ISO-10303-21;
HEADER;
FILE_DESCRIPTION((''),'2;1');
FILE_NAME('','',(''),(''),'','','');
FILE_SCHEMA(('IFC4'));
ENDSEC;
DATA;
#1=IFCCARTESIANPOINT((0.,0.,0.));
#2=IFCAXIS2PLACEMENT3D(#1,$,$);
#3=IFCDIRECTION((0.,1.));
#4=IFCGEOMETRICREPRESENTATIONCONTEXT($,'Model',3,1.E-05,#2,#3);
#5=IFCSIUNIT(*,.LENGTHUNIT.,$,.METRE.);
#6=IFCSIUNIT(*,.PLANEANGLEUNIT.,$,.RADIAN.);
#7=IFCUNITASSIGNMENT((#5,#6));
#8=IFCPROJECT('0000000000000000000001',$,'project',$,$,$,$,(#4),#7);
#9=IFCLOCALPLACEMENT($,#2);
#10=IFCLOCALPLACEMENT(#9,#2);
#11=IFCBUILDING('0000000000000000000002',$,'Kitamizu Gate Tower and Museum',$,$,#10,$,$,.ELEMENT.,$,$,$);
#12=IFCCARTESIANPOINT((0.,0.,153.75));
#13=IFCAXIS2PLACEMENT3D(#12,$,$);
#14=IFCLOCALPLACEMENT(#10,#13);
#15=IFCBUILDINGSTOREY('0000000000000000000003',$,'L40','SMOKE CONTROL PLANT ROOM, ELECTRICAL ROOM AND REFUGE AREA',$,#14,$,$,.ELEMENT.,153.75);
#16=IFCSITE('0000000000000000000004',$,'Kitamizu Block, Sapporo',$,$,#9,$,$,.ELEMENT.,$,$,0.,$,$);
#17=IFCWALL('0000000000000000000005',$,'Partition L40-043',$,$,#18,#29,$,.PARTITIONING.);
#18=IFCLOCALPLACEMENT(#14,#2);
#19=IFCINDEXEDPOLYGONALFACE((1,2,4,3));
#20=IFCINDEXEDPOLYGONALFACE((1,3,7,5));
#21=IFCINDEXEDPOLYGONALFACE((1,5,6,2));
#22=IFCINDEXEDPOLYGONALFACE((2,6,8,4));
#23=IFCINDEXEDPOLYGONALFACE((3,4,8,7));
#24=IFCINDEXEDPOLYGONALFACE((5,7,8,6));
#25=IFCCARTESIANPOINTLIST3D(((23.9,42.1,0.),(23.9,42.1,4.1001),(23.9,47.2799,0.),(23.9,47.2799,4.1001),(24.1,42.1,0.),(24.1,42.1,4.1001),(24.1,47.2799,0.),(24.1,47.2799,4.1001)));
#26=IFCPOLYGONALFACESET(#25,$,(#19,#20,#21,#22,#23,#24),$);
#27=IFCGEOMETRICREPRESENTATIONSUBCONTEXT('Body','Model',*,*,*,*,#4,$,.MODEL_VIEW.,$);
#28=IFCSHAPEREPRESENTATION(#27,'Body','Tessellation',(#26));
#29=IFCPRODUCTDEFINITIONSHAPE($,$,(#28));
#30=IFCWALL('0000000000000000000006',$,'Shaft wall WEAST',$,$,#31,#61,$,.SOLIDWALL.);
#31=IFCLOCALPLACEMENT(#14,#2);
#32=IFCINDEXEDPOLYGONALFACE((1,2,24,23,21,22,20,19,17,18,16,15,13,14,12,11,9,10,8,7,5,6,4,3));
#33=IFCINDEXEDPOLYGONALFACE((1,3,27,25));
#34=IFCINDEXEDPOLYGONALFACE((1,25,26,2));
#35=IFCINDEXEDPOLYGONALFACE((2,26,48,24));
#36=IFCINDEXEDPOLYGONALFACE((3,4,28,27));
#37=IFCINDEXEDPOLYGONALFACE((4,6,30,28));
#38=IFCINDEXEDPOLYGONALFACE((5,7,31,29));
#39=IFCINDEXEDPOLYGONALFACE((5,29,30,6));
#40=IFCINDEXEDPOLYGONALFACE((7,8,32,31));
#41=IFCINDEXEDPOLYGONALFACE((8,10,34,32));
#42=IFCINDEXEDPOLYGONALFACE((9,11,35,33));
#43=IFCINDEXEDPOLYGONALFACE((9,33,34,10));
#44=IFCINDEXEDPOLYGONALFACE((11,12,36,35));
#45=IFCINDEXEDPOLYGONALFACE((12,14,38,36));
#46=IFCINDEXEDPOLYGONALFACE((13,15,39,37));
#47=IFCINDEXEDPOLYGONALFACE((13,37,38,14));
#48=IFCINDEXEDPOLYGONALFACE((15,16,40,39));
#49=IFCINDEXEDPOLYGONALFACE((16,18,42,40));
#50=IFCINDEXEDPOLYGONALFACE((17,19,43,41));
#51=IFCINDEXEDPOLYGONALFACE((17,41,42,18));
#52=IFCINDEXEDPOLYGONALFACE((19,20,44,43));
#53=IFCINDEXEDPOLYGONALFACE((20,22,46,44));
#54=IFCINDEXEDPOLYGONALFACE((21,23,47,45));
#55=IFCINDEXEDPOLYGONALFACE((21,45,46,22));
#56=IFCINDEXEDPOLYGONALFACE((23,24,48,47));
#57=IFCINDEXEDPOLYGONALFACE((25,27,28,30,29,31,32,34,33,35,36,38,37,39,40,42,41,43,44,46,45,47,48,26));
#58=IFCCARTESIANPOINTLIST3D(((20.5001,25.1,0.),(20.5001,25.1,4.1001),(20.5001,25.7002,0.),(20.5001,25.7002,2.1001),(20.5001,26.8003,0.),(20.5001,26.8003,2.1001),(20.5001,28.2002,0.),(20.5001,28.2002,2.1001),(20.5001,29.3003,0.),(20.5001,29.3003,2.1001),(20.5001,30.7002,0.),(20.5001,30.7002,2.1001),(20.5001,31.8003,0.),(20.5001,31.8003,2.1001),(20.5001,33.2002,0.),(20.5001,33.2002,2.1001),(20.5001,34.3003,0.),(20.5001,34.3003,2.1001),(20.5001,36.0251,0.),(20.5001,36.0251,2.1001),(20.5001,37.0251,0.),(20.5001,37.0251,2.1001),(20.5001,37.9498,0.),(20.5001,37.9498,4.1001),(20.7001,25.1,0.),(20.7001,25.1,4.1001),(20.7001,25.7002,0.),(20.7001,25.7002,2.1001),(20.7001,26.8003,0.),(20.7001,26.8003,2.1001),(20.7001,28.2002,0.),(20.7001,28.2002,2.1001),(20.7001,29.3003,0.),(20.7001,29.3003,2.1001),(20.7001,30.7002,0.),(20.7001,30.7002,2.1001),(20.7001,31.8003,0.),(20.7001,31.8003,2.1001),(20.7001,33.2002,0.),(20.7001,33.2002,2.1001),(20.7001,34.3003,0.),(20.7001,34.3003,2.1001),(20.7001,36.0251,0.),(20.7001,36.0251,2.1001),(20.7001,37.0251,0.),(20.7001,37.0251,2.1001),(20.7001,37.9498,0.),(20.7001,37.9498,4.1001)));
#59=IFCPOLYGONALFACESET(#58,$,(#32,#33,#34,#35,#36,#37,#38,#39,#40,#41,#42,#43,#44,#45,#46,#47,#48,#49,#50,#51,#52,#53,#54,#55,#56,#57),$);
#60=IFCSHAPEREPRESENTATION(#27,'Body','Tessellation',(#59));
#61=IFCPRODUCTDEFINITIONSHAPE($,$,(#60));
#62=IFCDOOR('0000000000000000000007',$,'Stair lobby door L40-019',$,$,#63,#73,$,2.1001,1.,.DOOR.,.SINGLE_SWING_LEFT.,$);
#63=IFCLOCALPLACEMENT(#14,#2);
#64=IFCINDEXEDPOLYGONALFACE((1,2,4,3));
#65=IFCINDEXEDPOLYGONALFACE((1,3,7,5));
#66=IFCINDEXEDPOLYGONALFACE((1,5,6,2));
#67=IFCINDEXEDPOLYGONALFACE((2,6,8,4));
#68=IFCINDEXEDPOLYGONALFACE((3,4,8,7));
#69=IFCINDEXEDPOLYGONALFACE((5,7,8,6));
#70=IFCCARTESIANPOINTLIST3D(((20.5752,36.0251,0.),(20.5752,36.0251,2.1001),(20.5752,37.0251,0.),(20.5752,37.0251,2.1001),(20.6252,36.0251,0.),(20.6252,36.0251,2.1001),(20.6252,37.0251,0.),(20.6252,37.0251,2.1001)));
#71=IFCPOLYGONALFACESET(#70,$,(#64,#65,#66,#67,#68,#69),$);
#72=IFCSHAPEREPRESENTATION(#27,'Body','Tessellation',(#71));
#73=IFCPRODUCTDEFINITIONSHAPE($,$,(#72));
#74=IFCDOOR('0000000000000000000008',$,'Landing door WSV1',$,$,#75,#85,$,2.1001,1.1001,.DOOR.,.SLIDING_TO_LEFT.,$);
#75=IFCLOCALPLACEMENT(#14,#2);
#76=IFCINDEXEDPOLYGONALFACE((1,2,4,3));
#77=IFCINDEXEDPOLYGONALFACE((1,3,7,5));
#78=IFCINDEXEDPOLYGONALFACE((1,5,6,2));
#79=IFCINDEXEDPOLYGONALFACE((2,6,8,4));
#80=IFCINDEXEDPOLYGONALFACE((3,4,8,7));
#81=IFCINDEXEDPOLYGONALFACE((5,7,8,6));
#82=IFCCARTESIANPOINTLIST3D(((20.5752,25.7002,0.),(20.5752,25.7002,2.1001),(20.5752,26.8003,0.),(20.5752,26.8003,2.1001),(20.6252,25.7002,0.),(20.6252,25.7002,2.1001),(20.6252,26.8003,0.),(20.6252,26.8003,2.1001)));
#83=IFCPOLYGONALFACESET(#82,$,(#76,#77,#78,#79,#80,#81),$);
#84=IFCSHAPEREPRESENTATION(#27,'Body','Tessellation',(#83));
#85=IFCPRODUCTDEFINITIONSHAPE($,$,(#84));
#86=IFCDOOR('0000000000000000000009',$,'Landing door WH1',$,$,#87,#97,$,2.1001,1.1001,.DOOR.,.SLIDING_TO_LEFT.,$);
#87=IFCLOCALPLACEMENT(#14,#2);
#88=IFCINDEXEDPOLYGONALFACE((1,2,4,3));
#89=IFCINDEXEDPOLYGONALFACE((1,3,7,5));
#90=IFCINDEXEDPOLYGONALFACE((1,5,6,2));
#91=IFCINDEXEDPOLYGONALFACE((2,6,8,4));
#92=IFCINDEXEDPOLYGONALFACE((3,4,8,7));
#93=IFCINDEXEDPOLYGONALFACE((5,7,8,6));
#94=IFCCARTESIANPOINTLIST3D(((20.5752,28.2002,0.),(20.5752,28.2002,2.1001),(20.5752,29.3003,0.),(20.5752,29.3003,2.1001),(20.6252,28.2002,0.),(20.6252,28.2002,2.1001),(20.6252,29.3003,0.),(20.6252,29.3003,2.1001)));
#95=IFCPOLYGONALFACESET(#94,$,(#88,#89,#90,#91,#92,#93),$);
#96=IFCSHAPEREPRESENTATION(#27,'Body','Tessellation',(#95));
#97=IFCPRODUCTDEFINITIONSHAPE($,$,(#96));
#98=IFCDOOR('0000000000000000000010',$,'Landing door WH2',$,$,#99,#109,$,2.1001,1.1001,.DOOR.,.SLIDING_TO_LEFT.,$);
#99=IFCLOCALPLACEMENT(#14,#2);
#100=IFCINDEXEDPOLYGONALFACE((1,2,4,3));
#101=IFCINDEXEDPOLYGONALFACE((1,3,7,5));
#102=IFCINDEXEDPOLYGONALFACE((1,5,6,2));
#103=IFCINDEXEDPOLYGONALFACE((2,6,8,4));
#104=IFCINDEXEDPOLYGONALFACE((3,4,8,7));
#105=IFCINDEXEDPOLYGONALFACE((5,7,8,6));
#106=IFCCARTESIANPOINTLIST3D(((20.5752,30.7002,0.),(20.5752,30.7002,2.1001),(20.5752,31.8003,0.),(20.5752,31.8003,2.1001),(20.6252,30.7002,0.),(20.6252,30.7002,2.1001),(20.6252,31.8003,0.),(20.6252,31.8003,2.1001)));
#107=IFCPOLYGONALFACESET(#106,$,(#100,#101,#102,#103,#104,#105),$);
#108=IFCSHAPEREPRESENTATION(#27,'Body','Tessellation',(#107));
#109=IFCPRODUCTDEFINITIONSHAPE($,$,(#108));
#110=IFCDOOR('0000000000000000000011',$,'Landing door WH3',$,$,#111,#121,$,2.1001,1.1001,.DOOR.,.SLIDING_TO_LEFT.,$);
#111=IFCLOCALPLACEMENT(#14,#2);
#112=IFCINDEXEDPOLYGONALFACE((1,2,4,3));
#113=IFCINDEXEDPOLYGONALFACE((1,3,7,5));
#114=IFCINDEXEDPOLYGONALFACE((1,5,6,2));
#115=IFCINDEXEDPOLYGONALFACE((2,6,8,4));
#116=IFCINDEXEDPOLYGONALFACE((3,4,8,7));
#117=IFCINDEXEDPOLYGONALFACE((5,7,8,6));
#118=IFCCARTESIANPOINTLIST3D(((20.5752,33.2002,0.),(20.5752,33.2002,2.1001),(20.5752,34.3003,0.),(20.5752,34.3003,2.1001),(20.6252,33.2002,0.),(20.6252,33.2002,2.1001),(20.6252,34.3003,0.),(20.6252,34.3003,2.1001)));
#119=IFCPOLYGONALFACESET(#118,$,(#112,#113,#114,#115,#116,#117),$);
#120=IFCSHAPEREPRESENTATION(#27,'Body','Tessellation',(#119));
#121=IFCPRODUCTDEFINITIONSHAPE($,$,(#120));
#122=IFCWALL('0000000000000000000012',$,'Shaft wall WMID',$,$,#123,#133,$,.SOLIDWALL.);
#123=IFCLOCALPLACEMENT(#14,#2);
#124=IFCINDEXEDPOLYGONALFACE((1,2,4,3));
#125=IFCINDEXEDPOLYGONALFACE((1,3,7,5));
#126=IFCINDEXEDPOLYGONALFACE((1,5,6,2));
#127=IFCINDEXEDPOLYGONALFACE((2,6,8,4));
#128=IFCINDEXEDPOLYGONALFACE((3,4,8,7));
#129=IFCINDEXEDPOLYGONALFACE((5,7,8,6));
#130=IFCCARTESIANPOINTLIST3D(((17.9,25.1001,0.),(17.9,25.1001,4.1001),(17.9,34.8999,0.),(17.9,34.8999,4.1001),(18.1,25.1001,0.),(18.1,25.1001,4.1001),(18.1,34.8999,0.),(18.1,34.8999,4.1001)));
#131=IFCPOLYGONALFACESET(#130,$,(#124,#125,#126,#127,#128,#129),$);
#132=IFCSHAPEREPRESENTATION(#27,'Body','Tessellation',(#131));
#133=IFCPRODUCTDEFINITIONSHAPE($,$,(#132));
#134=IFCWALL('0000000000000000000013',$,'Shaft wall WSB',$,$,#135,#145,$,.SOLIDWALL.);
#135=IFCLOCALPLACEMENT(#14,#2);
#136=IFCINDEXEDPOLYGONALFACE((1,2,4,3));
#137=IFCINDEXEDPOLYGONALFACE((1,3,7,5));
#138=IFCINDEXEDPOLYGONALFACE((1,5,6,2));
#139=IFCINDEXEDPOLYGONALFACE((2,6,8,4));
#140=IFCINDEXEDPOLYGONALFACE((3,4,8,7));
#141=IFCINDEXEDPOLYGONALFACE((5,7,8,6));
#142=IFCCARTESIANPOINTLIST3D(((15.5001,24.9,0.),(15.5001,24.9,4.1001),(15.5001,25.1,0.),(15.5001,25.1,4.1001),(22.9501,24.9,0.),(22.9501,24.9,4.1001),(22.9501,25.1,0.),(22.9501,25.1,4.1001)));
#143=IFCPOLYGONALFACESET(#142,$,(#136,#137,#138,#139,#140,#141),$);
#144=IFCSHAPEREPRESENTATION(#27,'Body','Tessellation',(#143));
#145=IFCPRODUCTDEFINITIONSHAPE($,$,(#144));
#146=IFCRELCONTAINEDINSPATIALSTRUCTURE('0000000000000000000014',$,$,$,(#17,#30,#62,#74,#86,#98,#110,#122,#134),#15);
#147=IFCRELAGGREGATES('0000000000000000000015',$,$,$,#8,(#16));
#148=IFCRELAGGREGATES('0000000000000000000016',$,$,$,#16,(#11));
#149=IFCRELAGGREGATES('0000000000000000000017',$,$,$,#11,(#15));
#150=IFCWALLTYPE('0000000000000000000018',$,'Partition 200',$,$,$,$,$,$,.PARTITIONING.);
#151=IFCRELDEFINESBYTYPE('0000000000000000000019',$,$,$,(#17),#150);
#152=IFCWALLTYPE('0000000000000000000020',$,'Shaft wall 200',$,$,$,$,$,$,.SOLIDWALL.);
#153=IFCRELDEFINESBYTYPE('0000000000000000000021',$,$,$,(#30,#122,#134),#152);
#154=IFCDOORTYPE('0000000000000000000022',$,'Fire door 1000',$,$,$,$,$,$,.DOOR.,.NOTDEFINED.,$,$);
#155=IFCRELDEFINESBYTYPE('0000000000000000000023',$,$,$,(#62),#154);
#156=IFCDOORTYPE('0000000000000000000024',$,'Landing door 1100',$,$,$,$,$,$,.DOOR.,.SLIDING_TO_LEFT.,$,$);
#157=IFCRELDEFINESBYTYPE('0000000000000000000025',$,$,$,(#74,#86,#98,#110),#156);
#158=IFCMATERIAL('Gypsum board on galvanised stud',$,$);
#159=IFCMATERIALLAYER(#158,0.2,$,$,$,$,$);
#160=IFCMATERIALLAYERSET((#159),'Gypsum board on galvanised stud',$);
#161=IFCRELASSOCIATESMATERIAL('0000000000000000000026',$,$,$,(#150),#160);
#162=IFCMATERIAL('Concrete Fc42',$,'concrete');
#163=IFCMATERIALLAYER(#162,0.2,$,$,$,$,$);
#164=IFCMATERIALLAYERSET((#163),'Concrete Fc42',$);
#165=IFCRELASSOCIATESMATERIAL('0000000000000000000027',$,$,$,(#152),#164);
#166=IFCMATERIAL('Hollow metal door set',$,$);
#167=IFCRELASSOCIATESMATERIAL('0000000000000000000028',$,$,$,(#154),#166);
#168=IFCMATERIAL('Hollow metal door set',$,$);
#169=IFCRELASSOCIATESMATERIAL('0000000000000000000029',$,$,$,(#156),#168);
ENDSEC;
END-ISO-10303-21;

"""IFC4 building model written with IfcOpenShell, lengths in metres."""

from ifc_helpers import new_model, si_unit, direction, frame, frame_2d, origin, place, context, subcontext, project, spatial, rectangle, extrude, material, layer, layer_set, type_object, element, fill, save


model = new_model("IFC4")

# Units and contexts
model_context = context("Model", 3, precision=1e-05, world=origin(), true_north=direction((0.0, 1.0)))
body_context = subcontext(model_context, "Body", "Model", "MODEL_VIEW")
ifc_project = project(units=[si_unit("LENGTHUNIT", "METRE"), si_unit("PLANEANGLEUNIT", "RADIAN")], contexts=[model_context])

# Site, building, storey
site_placement = place(None, origin())
site = spatial("IfcSite", under=ifc_project, at=site_placement, Name="Kitamizu Block, Sapporo", CompositionType="ELEMENT", RefElevation=0.0)
building_placement = place(site_placement, origin())
building = spatial("IfcBuilding", under=site, at=building_placement, Name="Kitamizu Gate Tower and Museum", CompositionType="ELEMENT")
storey_placement = place(building_placement, frame((0.0, 0.0, 153.75)))
storey = spatial("IfcBuildingStorey", under=building, at=storey_placement, Name="L40", Description="SMOKE CONTROL PLANT ROOM, ELECTRICAL ROOM AND REFUGE AREA", CompositionType="ELEMENT", Elevation=153.75)

# Shared definitions
ifc_material_1 = material(Name="Gypsum board on galvanised stud")
ifc_layer_1 = layer(ifc_material_1, 0.2)
ifc_layer_set_1 = layer_set([ifc_layer_1], Name="Gypsum board on galvanised stud")
wall_type_1 = type_object("IfcWallType", Name="Partition 200", PredefinedType="PARTITIONING", material=ifc_layer_set_1)

# Wall
wall_1_placement = place(storey_placement, frame((24.0, 42.1001, 0.0), z_axis=(0.0, 0.0, 1.0), x_axis=(0.0, 1.0, 0.0)))
element("IfcWall", 1, at=wall_1_placement, inside=storey, type_object=wall_type_1, Name="Partition L40-043", PredefinedType="PARTITIONING", context=body_context, shape_type="SweptSolid", body=[
    extrude(rectangle(XDim=5.1799, YDim=0.2, at=frame_2d((2.5898, 0.0))), origin(), (0.0, 0.0, 1.0), 4.1001),
])

# Wall, openings, doors
ifc_material_2 = material(Name="Concrete Fc42", Category="concrete")
ifc_layer_2 = layer(ifc_material_2, 0.2)
ifc_layer_set_2 = layer_set([ifc_layer_2], Name="Concrete Fc42")
wall_type_2 = type_object("IfcWallType", Name="Shaft wall 200", PredefinedType="SOLIDWALL", material=ifc_layer_set_2)
wall_2_placement = place(storey_placement, frame((20.6001, 25.1001, 0.0), z_axis=(0.0, 0.0, 1.0), x_axis=(0.0, 1.0, 0.0)))
wall_2 = element("IfcWall", 2, at=wall_2_placement, inside=storey, type_object=wall_type_2, Name="Shaft wall WEAST", PredefinedType="SOLIDWALL", context=body_context, shape_type="SweptSolid", body=[
    extrude(rectangle(XDim=12.8499, YDim=0.2, at=frame_2d((6.4248, 0.0))), origin(), (0.0, 0.0, 1.0), 4.1001),
])
opening_1_placement = place(wall_2_placement, frame((0.6001, 0.0, 0.0)))
opening_1 = element("IfcOpeningElement", 3, at=opening_1_placement, cuts=wall_2, PredefinedType="OPENING", context=body_context, shape_type="SweptSolid", body=[
    extrude(rectangle(XDim=1.1001, YDim=2.1001, at=frame_2d((0.55, 1.05))), frame((0.0, 0.1099, 0.0), z_axis=(0.0, -1.0, 0.0), x_axis=(1.0, 0.0, 0.0)), (0.0, 0.0, 1.0), 0.22),
])
opening_2_placement = place(wall_2_placement, frame((3.1001, 0.0, 0.0)))
opening_2 = element("IfcOpeningElement", 4, at=opening_2_placement, cuts=wall_2, PredefinedType="OPENING", context=body_context, shape_type="SweptSolid", body=[
    extrude(rectangle(XDim=1.1001, YDim=2.1001, at=frame_2d((0.55, 1.05))), frame((0.0, 0.1099, 0.0), z_axis=(0.0, -1.0, 0.0), x_axis=(1.0, 0.0, 0.0)), (0.0, 0.0, 1.0), 0.22),
])
opening_3_placement = place(wall_2_placement, frame((5.6001, 0.0, 0.0)))
opening_3 = element("IfcOpeningElement", 5, at=opening_3_placement, cuts=wall_2, PredefinedType="OPENING", context=body_context, shape_type="SweptSolid", body=[
    extrude(rectangle(XDim=1.1001, YDim=2.1001, at=frame_2d((0.55, 1.05))), frame((0.0, 0.1099, 0.0), z_axis=(0.0, -1.0, 0.0), x_axis=(1.0, 0.0, 0.0)), (0.0, 0.0, 1.0), 0.22),
])
opening_4_placement = place(wall_2_placement, frame((8.1001, 0.0, 0.0)))
opening_4 = element("IfcOpeningElement", 6, at=opening_4_placement, cuts=wall_2, PredefinedType="OPENING", context=body_context, shape_type="SweptSolid", body=[
    extrude(rectangle(XDim=1.1001, YDim=2.1001, at=frame_2d((0.55, 1.05))), frame((0.0, 0.1099, 0.0), z_axis=(0.0, -1.0, 0.0), x_axis=(1.0, 0.0, 0.0)), (0.0, 0.0, 1.0), 0.22),
])
opening_5_placement = place(wall_2_placement, frame((10.925, 0.0, 0.0)))
opening_5 = element("IfcOpeningElement", 7, at=opening_5_placement, cuts=wall_2, PredefinedType="OPENING", context=body_context, shape_type="SweptSolid", body=[
    extrude(rectangle(XDim=1.0, YDim=2.1001, at=frame_2d((0.5, 1.05))), frame((0.0, 0.1099, 0.0), z_axis=(0.0, -1.0, 0.0), x_axis=(1.0, 0.0, 0.0)), (0.0, 0.0, 1.0), 0.22),
])
ifc_material_3 = material(Name="Hollow metal door set")
door_type_1 = type_object("IfcDoorType", Name="Fire door 1000", OperationType="NOTDEFINED", PredefinedType="DOOR", material=ifc_material_3)
door_1_placement = place(opening_5_placement, origin())
door_1 = element("IfcDoor", 8, at=door_1_placement, inside=storey, type_object=door_type_1, Name="Stair lobby door L40-019", OperationType="SINGLE_SWING_LEFT", OverallHeight=2.1001, OverallWidth=1.0, PredefinedType="DOOR", context=body_context, shape_type="SweptSolid", body=[
    extrude(rectangle(XDim=1.0, YDim=2.1001, at=frame_2d((0.5, 1.05))), frame((0.0, 0.0249, 0.0), z_axis=(0.0, -1.0, 0.0), x_axis=(1.0, 0.0, 0.0)), (0.0, 0.0, 1.0), 0.05),
])
fill(opening_5, door_1)
ifc_material_4 = material(Name="Hollow metal door set")
door_type_2 = type_object("IfcDoorType", Name="Landing door 1100", OperationType="SLIDING_TO_LEFT", PredefinedType="DOOR", material=ifc_material_4)
door_2_placement = place(opening_1_placement, origin())
door_2 = element("IfcDoor", 9, at=door_2_placement, inside=storey, type_object=door_type_2, Name="Landing door WSV1", OperationType="SLIDING_TO_LEFT", OverallHeight=2.1001, OverallWidth=1.1001, PredefinedType="DOOR", context=body_context, shape_type="SweptSolid", body=[
    extrude(rectangle(XDim=1.1001, YDim=2.1001, at=frame_2d((0.55, 1.05))), frame((0.0, 0.0249, 0.0), z_axis=(0.0, -1.0, 0.0), x_axis=(1.0, 0.0, 0.0)), (0.0, 0.0, 1.0), 0.05),
])
fill(opening_1, door_2)
door_3_placement = place(opening_2_placement, origin())
door_3 = element("IfcDoor", 10, at=door_3_placement, inside=storey, type_object=door_type_2, Name="Landing door WH1", OperationType="SLIDING_TO_LEFT", OverallHeight=2.1001, OverallWidth=1.1001, PredefinedType="DOOR", context=body_context, shape_type="SweptSolid", body=[
    extrude(rectangle(XDim=1.1001, YDim=2.1001, at=frame_2d((0.55, 1.05))), frame((0.0, 0.0249, 0.0), z_axis=(0.0, -1.0, 0.0), x_axis=(1.0, 0.0, 0.0)), (0.0, 0.0, 1.0), 0.05),
])
fill(opening_2, door_3)
door_4_placement = place(opening_3_placement, origin())
door_4 = element("IfcDoor", 11, at=door_4_placement, inside=storey, type_object=door_type_2, Name="Landing door WH2", OperationType="SLIDING_TO_LEFT", OverallHeight=2.1001, OverallWidth=1.1001, PredefinedType="DOOR", context=body_context, shape_type="SweptSolid", body=[
    extrude(rectangle(XDim=1.1001, YDim=2.1001, at=frame_2d((0.55, 1.05))), frame((0.0, 0.0249, 0.0), z_axis=(0.0, -1.0, 0.0), x_axis=(1.0, 0.0, 0.0)), (0.0, 0.0, 1.0), 0.05),
])
fill(opening_3, door_4)
door_5_placement = place(opening_4_placement, origin())
door_5 = element("IfcDoor", 12, at=door_5_placement, inside=storey, type_object=door_type_2, Name="Landing door WH3", OperationType="SLIDING_TO_LEFT", OverallHeight=2.1001, OverallWidth=1.1001, PredefinedType="DOOR", context=body_context, shape_type="SweptSolid", body=[
    extrude(rectangle(XDim=1.1001, YDim=2.1001, at=frame_2d((0.55, 1.05))), frame((0.0, 0.0249, 0.0), z_axis=(0.0, -1.0, 0.0), x_axis=(1.0, 0.0, 0.0)), (0.0, 0.0, 1.0), 0.05),
])
fill(opening_4, door_5)

# Walls
wall_3_placement = place(storey_placement, frame((18.0, 25.1001, 0.0), z_axis=(0.0, 0.0, 1.0), x_axis=(0.0, 1.0, 0.0)))
element("IfcWall", 13, at=wall_3_placement, inside=storey, type_object=wall_type_2, Name="Shaft wall WMID", PredefinedType="SOLIDWALL", context=body_context, shape_type="SweptSolid", body=[
    extrude(rectangle(XDim=9.7998, YDim=0.2, at=frame_2d((4.8999, 0.0))), origin(), (0.0, 0.0, 1.0), 4.1001),
])
wall_4_placement = place(storey_placement, frame((15.5, 25.0, 0.0), z_axis=(0.0, 0.0, 1.0), x_axis=(1.0, 0.0, 0.0)))
element("IfcWall", 14, at=wall_4_placement, inside=storey, type_object=wall_type_2, Name="Shaft wall WSB", PredefinedType="SOLIDWALL", context=body_context, shape_type="SweptSolid", body=[
    extrude(rectangle(XDim=7.45, YDim=0.2, at=frame_2d((3.7251, 0.0))), origin(), (0.0, 0.0, 1.0), 4.1001),
])

save(model, "model.ifc")
